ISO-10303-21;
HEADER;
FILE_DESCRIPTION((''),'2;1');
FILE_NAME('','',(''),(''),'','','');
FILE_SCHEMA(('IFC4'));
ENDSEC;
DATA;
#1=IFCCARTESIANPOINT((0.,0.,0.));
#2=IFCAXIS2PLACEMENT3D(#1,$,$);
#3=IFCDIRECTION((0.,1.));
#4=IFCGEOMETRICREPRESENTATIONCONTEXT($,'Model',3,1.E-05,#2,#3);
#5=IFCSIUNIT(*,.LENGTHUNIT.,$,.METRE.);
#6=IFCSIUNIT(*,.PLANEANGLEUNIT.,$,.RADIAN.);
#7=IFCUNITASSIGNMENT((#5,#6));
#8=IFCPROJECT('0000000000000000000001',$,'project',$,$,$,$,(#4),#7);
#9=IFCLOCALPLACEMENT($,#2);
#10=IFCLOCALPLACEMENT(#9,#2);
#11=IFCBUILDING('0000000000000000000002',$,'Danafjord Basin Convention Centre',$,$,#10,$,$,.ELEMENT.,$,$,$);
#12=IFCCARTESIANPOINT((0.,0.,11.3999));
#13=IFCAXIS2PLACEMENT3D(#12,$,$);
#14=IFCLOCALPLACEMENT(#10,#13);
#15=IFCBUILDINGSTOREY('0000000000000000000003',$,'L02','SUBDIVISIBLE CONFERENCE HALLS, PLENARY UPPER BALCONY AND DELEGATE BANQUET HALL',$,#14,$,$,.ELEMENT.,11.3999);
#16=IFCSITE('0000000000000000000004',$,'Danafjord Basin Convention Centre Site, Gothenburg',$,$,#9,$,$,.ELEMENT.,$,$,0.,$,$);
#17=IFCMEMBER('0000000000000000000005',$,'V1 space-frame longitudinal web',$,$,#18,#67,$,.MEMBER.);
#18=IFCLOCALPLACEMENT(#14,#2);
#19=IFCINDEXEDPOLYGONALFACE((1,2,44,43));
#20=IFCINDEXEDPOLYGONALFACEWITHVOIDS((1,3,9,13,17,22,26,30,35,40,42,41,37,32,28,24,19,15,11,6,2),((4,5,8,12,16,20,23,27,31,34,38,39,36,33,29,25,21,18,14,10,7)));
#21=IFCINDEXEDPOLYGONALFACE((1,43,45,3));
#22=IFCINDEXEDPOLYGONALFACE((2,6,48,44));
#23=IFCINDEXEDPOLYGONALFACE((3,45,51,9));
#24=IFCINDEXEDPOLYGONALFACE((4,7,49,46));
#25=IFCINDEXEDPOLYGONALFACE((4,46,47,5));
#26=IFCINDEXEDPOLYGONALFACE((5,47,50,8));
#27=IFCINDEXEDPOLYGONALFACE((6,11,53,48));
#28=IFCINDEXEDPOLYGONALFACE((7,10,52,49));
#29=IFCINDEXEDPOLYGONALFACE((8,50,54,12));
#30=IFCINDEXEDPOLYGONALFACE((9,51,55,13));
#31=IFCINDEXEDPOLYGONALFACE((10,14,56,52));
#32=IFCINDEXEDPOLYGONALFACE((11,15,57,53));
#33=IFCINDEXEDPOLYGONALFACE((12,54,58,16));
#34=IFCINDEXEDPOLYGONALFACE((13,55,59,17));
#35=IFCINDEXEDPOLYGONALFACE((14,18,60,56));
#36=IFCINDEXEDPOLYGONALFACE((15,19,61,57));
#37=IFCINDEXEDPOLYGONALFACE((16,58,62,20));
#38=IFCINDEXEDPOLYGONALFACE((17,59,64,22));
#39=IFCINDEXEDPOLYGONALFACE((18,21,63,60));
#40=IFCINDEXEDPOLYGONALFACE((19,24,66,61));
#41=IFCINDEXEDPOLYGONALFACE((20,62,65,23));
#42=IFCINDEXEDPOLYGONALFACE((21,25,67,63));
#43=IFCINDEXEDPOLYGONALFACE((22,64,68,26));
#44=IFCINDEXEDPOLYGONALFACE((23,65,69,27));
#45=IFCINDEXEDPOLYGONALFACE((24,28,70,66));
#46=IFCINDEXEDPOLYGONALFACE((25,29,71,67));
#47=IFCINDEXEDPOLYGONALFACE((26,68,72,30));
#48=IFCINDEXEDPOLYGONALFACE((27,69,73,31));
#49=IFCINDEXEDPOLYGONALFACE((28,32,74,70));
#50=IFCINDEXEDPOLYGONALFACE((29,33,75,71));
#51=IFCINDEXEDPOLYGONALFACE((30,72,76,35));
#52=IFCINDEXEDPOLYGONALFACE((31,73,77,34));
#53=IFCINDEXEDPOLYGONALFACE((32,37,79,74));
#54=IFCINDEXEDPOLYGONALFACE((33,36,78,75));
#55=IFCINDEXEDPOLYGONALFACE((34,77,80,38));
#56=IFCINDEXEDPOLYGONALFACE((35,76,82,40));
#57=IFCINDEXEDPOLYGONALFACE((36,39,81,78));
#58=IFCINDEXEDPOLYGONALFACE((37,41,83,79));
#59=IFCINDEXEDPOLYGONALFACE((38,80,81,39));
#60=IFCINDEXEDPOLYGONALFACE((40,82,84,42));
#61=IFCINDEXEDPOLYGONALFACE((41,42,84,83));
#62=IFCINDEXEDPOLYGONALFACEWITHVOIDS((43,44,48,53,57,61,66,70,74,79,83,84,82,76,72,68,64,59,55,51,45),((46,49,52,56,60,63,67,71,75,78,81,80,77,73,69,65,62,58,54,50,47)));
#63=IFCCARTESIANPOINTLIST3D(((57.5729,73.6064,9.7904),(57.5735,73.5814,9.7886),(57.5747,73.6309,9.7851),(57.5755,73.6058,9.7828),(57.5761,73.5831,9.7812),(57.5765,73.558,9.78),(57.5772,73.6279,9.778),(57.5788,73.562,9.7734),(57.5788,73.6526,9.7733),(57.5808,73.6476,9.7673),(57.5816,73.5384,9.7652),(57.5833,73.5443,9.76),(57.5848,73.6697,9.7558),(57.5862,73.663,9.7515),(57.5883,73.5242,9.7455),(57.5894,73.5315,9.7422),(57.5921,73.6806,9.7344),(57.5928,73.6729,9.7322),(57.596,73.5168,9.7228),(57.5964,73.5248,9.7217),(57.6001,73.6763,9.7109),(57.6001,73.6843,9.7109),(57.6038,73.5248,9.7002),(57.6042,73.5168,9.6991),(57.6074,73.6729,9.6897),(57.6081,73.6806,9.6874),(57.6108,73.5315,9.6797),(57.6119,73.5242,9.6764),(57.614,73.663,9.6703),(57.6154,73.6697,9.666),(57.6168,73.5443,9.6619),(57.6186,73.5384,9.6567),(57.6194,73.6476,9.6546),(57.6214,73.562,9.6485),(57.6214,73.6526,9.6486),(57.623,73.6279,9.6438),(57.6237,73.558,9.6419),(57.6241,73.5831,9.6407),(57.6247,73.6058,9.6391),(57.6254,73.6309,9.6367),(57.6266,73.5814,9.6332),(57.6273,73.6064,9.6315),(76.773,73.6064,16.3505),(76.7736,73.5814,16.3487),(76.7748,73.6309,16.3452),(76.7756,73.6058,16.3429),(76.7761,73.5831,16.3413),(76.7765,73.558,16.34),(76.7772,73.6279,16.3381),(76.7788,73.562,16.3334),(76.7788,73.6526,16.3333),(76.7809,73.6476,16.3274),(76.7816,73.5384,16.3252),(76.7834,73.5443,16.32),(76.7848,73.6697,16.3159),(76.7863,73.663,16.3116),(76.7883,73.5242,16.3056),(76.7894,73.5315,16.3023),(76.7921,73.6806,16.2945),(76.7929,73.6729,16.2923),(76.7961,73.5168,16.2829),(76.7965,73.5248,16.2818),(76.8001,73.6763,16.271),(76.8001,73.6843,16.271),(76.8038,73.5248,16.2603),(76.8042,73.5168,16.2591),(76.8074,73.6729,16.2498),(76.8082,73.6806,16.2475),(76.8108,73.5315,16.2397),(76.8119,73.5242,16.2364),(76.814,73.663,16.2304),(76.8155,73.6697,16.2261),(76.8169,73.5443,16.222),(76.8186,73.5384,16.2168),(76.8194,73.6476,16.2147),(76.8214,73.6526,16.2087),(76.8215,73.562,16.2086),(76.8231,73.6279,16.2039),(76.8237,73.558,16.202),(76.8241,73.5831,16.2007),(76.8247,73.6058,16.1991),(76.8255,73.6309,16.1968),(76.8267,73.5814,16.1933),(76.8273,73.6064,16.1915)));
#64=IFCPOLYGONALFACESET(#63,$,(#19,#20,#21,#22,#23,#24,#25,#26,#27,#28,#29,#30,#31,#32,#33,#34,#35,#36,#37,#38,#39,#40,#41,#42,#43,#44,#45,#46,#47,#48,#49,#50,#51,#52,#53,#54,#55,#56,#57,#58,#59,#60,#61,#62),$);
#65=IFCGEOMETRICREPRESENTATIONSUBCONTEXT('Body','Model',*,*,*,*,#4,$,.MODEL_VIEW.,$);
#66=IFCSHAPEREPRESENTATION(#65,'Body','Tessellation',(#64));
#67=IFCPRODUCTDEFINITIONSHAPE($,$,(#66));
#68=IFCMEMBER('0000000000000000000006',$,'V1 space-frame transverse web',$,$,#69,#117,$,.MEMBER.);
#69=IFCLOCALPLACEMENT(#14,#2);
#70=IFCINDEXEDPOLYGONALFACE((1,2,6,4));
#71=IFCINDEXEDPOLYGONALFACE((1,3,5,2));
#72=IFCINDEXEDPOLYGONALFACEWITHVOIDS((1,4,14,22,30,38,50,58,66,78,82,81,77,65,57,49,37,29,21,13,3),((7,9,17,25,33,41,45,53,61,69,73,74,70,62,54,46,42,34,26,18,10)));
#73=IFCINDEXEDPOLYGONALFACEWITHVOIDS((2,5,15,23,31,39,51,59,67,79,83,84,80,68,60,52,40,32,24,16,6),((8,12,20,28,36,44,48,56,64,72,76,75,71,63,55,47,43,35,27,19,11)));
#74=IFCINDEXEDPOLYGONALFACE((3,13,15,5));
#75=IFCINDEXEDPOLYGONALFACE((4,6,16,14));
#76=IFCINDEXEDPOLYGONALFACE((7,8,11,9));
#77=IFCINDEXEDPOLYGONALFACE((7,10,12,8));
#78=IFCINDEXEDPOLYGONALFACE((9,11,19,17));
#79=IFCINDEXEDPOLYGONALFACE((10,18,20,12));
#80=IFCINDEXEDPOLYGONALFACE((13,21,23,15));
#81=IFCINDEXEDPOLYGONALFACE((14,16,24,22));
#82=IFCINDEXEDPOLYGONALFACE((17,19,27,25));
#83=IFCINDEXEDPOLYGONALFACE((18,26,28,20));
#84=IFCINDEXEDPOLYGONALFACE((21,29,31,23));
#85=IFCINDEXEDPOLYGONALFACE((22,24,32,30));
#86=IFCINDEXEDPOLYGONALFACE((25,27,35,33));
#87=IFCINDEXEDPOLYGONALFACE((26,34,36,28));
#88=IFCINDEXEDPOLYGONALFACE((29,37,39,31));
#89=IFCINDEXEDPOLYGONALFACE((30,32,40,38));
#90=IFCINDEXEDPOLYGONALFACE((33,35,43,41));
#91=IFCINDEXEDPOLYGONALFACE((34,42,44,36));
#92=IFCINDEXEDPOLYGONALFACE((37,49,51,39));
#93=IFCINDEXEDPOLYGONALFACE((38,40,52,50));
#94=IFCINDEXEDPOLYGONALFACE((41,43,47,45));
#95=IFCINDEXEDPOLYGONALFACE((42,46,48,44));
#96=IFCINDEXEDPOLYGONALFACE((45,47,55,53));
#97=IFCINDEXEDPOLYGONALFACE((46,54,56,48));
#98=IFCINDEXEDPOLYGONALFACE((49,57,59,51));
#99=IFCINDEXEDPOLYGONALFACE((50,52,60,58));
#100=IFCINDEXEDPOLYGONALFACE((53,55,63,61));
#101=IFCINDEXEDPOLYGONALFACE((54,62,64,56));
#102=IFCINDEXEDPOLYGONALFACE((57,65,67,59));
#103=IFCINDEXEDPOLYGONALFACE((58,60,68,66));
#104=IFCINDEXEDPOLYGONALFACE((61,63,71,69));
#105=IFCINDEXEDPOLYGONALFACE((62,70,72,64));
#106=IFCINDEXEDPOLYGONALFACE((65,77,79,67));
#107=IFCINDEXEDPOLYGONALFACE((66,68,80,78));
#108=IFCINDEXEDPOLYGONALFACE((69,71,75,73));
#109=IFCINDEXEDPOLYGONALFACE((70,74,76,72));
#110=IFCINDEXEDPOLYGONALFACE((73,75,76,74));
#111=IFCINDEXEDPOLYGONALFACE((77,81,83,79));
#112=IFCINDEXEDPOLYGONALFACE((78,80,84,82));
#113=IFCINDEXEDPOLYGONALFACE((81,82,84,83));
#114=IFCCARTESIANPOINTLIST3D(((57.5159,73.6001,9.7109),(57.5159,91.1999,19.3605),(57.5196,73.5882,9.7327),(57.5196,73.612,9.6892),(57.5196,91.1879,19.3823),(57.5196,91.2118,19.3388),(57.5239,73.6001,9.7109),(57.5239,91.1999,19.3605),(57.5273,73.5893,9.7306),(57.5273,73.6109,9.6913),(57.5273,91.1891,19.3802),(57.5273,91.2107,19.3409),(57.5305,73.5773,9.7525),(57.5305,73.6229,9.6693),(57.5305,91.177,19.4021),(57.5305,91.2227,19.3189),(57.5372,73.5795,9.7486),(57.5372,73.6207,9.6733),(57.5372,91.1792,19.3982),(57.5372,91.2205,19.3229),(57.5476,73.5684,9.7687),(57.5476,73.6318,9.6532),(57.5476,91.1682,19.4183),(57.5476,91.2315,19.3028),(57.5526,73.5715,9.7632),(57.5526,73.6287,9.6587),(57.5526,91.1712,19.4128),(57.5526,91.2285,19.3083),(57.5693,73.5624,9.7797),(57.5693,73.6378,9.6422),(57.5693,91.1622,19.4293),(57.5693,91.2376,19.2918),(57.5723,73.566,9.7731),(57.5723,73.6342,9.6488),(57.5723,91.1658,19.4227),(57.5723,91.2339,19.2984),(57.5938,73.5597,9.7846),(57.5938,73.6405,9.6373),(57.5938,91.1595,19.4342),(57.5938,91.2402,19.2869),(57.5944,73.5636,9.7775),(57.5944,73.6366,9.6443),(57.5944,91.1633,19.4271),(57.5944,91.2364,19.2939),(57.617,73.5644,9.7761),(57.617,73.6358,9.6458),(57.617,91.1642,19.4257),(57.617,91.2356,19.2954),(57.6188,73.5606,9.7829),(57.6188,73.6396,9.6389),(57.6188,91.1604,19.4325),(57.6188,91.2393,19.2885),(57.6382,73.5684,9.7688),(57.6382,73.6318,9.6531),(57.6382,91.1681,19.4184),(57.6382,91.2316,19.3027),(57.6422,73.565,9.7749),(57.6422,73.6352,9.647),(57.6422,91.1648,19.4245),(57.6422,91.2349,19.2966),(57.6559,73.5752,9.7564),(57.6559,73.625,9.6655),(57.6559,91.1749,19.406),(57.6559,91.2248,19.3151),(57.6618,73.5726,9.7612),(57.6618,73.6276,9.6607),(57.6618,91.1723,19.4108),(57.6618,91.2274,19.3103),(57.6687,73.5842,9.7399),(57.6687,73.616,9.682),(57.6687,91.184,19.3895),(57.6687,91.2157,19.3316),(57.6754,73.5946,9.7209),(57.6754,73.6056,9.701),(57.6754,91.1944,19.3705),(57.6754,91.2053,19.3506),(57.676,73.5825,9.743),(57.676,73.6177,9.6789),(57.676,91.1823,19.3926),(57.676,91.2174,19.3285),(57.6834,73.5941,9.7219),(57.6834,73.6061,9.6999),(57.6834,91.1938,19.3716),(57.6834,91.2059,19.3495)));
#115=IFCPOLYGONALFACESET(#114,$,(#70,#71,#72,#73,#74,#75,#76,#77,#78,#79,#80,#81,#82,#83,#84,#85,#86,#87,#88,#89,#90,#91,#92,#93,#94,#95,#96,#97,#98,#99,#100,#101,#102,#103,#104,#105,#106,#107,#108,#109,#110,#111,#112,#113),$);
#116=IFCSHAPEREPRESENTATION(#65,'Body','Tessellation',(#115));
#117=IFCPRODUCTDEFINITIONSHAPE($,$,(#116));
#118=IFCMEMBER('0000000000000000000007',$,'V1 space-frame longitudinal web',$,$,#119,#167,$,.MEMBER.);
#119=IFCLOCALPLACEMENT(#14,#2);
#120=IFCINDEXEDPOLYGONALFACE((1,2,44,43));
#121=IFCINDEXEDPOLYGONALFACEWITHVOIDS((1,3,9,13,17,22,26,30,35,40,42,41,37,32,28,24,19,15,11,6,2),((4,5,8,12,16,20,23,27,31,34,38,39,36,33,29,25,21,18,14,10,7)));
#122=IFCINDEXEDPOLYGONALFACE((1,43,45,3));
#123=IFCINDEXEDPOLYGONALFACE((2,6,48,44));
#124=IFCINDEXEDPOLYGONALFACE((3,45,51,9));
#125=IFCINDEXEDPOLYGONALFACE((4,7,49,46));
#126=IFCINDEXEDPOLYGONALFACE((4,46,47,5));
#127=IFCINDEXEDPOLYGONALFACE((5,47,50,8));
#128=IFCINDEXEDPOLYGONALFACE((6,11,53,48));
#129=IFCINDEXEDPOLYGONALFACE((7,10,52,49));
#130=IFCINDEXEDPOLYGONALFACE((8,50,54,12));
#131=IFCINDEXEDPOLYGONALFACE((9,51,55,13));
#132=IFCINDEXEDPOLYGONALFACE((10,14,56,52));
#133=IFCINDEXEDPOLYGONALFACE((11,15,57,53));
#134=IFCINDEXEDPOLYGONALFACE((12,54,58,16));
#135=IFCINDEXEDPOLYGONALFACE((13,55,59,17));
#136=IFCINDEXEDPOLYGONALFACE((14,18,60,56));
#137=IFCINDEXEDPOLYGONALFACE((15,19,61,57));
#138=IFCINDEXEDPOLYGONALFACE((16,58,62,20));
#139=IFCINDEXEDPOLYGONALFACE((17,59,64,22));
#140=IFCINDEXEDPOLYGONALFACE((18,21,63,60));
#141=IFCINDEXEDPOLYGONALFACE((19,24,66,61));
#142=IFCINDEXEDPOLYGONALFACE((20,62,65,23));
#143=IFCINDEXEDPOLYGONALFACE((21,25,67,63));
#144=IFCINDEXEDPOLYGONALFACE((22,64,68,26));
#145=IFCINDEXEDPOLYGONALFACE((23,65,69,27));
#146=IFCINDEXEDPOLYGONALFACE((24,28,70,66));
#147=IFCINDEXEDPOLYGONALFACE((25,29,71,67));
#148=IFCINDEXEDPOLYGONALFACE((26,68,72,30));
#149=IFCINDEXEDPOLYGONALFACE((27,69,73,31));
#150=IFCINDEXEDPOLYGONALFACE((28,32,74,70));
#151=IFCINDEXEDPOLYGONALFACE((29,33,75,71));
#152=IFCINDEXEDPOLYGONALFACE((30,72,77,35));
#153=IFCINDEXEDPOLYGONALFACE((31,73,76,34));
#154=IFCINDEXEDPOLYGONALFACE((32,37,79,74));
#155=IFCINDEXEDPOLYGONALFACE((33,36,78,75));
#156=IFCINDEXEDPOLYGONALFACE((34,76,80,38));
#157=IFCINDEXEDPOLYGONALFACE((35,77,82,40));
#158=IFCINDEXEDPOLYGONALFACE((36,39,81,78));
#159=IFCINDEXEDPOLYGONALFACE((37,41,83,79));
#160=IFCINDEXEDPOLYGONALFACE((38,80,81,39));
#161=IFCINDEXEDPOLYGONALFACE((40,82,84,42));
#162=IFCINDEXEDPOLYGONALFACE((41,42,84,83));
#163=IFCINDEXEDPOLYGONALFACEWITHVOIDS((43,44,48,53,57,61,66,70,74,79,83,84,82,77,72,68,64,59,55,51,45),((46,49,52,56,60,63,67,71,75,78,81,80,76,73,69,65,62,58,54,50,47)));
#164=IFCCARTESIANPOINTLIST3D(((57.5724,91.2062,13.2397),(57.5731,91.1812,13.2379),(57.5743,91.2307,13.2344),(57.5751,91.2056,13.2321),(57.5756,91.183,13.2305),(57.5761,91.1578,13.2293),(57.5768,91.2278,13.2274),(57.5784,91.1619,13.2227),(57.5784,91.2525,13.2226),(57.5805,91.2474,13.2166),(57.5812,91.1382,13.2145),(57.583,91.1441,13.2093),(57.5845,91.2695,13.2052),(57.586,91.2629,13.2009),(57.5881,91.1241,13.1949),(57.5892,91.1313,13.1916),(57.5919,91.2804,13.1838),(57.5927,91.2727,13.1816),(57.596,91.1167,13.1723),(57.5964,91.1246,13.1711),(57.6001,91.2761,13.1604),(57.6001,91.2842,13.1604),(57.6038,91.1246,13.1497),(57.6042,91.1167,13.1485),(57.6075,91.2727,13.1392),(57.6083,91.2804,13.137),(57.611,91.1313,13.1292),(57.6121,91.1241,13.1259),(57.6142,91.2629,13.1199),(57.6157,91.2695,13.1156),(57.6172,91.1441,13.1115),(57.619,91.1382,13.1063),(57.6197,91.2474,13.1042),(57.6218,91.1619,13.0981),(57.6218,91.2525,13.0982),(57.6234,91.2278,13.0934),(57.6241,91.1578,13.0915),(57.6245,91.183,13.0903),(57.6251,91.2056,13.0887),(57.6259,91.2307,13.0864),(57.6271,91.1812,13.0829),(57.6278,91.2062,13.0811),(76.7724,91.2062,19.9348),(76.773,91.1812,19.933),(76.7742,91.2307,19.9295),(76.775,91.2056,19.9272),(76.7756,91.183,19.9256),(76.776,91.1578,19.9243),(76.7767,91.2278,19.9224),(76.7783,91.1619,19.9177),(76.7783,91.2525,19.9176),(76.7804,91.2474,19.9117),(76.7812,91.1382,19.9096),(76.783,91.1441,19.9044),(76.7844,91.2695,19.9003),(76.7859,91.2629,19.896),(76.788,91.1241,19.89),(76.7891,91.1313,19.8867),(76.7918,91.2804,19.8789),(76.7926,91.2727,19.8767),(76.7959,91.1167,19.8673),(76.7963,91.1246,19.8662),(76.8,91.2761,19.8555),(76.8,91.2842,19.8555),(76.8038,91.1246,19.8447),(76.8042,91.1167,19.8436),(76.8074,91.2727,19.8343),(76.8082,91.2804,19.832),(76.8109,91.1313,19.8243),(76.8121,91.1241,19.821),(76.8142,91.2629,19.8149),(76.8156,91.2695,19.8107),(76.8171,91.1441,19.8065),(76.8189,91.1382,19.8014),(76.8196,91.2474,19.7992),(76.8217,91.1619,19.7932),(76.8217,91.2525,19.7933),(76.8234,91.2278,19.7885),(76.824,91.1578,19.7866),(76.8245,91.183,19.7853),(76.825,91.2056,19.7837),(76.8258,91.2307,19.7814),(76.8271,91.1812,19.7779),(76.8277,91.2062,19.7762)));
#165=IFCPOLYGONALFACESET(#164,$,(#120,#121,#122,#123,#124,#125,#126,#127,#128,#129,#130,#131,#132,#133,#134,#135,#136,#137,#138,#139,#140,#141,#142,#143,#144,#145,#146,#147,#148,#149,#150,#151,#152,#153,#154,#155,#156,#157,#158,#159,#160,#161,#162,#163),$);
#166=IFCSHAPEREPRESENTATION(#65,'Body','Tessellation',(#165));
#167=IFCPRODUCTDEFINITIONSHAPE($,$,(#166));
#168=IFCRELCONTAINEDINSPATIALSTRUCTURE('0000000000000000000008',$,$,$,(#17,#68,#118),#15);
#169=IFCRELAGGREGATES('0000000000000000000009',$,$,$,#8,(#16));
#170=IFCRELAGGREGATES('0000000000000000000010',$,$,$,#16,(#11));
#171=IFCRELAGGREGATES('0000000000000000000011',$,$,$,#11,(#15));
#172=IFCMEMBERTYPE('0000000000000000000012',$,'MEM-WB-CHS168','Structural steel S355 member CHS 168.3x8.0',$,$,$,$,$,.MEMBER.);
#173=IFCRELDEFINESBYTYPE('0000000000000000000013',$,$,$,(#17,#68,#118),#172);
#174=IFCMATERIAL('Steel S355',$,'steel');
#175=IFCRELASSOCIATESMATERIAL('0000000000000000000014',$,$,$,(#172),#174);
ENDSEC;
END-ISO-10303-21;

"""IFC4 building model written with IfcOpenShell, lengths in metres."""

from ifc_helpers import new_model, si_unit, direction, frame, origin, origin_2d, place, context, subcontext, project, spatial, hollow_circle, extrude, material, material_profile, profile_set, type_object, element, save


model = new_model("IFC4")

# Units and contexts
model_context = context("Model", 3, precision=1e-05, world=origin(), true_north=direction((0.0, 1.0)))
body_context = subcontext(model_context, "Body", "Model", "MODEL_VIEW")
ifc_project = project(units=[si_unit("LENGTHUNIT", "METRE"), si_unit("PLANEANGLEUNIT", "RADIAN")], contexts=[model_context])

# Site, building, storey
site_placement = place(None, origin())
site = spatial("IfcSite", under=ifc_project, at=site_placement, Name="Danafjord Basin Convention Centre Site, Gothenburg", CompositionType="ELEMENT", RefElevation=0.0)
building_placement = place(site_placement, origin())
building = spatial("IfcBuilding", under=site, at=building_placement, Name="Danafjord Basin Convention Centre", CompositionType="ELEMENT")
storey_placement = place(building_placement, frame((0.0, 0.0, 11.3999)))
storey = spatial("IfcBuildingStorey", under=building, at=storey_placement, Name="L02", Description="SUBDIVISIBLE CONFERENCE HALLS, PLENARY UPPER BALCONY AND DELEGATE BANQUET HALL", CompositionType="ELEMENT", Elevation=11.3999)

# Members
ifc_material = material(Name="Steel S355", Category="steel")
ifc_material_profile_1 = material_profile(ifc_material, hollow_circle(Radius=0.0842, WallThickness=0.0081, at=origin_2d()), Name="CHS 168.3x8.0")
ifc_profile_set_1 = profile_set([ifc_material_profile_1], Name="Steel S355")
member_type_1 = type_object("IfcMemberType", Name="MEM-WB-CHS168", Description="Structural steel S355 member CHS 168.3x8.0", PredefinedType="MEMBER", material=ifc_profile_set_1)
member_1_placement = place(storey_placement, frame((57.6001, 73.6001, 9.7109), z_axis=(0.94629, 0.0, 0.323319), x_axis=(0.0, 1.0, 0.0)))
element("IfcMember", 1, at=member_1_placement, inside=storey, type_object=member_type_1, Name="V1 space-frame longitudinal web", PredefinedType="MEMBER", context=body_context, shape_type="SweptSolid", body=[
    extrude(hollow_circle(Radius=0.0842, WallThickness=0.0081, at=origin_2d()), origin(), (0.0, 0.0, 1.0), 20.2898),
])
member_2_placement = place(storey_placement, frame((57.6001, 73.6001, 9.7109), z_axis=(0.0, 0.876852, 0.480761), x_axis=(-1.0, 0.0, 0.0)))
element("IfcMember", 2, at=member_2_placement, inside=storey, type_object=member_type_1, Name="V1 space-frame transverse web", PredefinedType="MEMBER", context=body_context, shape_type="SweptSolid", body=[
    extrude(hollow_circle(Radius=0.0842, WallThickness=0.0081, at=origin_2d()), origin(), (0.0, 0.0, 1.0), 20.0715),
])
member_3_placement = place(storey_placement, frame((57.6001, 91.2, 13.1604), z_axis=(0.94424, 0.0, 0.329259), x_axis=(0.0, 1.0, 0.0)))
element("IfcMember", 3, at=member_3_placement, inside=storey, type_object=member_type_1, Name="V1 space-frame longitudinal web", PredefinedType="MEMBER", context=body_context, shape_type="SweptSolid", body=[
    extrude(hollow_circle(Radius=0.0842, WallThickness=0.0081, at=origin_2d()), origin(), (0.0, 0.0, 1.0), 20.3337),
])

save(model, "model.ifc")
